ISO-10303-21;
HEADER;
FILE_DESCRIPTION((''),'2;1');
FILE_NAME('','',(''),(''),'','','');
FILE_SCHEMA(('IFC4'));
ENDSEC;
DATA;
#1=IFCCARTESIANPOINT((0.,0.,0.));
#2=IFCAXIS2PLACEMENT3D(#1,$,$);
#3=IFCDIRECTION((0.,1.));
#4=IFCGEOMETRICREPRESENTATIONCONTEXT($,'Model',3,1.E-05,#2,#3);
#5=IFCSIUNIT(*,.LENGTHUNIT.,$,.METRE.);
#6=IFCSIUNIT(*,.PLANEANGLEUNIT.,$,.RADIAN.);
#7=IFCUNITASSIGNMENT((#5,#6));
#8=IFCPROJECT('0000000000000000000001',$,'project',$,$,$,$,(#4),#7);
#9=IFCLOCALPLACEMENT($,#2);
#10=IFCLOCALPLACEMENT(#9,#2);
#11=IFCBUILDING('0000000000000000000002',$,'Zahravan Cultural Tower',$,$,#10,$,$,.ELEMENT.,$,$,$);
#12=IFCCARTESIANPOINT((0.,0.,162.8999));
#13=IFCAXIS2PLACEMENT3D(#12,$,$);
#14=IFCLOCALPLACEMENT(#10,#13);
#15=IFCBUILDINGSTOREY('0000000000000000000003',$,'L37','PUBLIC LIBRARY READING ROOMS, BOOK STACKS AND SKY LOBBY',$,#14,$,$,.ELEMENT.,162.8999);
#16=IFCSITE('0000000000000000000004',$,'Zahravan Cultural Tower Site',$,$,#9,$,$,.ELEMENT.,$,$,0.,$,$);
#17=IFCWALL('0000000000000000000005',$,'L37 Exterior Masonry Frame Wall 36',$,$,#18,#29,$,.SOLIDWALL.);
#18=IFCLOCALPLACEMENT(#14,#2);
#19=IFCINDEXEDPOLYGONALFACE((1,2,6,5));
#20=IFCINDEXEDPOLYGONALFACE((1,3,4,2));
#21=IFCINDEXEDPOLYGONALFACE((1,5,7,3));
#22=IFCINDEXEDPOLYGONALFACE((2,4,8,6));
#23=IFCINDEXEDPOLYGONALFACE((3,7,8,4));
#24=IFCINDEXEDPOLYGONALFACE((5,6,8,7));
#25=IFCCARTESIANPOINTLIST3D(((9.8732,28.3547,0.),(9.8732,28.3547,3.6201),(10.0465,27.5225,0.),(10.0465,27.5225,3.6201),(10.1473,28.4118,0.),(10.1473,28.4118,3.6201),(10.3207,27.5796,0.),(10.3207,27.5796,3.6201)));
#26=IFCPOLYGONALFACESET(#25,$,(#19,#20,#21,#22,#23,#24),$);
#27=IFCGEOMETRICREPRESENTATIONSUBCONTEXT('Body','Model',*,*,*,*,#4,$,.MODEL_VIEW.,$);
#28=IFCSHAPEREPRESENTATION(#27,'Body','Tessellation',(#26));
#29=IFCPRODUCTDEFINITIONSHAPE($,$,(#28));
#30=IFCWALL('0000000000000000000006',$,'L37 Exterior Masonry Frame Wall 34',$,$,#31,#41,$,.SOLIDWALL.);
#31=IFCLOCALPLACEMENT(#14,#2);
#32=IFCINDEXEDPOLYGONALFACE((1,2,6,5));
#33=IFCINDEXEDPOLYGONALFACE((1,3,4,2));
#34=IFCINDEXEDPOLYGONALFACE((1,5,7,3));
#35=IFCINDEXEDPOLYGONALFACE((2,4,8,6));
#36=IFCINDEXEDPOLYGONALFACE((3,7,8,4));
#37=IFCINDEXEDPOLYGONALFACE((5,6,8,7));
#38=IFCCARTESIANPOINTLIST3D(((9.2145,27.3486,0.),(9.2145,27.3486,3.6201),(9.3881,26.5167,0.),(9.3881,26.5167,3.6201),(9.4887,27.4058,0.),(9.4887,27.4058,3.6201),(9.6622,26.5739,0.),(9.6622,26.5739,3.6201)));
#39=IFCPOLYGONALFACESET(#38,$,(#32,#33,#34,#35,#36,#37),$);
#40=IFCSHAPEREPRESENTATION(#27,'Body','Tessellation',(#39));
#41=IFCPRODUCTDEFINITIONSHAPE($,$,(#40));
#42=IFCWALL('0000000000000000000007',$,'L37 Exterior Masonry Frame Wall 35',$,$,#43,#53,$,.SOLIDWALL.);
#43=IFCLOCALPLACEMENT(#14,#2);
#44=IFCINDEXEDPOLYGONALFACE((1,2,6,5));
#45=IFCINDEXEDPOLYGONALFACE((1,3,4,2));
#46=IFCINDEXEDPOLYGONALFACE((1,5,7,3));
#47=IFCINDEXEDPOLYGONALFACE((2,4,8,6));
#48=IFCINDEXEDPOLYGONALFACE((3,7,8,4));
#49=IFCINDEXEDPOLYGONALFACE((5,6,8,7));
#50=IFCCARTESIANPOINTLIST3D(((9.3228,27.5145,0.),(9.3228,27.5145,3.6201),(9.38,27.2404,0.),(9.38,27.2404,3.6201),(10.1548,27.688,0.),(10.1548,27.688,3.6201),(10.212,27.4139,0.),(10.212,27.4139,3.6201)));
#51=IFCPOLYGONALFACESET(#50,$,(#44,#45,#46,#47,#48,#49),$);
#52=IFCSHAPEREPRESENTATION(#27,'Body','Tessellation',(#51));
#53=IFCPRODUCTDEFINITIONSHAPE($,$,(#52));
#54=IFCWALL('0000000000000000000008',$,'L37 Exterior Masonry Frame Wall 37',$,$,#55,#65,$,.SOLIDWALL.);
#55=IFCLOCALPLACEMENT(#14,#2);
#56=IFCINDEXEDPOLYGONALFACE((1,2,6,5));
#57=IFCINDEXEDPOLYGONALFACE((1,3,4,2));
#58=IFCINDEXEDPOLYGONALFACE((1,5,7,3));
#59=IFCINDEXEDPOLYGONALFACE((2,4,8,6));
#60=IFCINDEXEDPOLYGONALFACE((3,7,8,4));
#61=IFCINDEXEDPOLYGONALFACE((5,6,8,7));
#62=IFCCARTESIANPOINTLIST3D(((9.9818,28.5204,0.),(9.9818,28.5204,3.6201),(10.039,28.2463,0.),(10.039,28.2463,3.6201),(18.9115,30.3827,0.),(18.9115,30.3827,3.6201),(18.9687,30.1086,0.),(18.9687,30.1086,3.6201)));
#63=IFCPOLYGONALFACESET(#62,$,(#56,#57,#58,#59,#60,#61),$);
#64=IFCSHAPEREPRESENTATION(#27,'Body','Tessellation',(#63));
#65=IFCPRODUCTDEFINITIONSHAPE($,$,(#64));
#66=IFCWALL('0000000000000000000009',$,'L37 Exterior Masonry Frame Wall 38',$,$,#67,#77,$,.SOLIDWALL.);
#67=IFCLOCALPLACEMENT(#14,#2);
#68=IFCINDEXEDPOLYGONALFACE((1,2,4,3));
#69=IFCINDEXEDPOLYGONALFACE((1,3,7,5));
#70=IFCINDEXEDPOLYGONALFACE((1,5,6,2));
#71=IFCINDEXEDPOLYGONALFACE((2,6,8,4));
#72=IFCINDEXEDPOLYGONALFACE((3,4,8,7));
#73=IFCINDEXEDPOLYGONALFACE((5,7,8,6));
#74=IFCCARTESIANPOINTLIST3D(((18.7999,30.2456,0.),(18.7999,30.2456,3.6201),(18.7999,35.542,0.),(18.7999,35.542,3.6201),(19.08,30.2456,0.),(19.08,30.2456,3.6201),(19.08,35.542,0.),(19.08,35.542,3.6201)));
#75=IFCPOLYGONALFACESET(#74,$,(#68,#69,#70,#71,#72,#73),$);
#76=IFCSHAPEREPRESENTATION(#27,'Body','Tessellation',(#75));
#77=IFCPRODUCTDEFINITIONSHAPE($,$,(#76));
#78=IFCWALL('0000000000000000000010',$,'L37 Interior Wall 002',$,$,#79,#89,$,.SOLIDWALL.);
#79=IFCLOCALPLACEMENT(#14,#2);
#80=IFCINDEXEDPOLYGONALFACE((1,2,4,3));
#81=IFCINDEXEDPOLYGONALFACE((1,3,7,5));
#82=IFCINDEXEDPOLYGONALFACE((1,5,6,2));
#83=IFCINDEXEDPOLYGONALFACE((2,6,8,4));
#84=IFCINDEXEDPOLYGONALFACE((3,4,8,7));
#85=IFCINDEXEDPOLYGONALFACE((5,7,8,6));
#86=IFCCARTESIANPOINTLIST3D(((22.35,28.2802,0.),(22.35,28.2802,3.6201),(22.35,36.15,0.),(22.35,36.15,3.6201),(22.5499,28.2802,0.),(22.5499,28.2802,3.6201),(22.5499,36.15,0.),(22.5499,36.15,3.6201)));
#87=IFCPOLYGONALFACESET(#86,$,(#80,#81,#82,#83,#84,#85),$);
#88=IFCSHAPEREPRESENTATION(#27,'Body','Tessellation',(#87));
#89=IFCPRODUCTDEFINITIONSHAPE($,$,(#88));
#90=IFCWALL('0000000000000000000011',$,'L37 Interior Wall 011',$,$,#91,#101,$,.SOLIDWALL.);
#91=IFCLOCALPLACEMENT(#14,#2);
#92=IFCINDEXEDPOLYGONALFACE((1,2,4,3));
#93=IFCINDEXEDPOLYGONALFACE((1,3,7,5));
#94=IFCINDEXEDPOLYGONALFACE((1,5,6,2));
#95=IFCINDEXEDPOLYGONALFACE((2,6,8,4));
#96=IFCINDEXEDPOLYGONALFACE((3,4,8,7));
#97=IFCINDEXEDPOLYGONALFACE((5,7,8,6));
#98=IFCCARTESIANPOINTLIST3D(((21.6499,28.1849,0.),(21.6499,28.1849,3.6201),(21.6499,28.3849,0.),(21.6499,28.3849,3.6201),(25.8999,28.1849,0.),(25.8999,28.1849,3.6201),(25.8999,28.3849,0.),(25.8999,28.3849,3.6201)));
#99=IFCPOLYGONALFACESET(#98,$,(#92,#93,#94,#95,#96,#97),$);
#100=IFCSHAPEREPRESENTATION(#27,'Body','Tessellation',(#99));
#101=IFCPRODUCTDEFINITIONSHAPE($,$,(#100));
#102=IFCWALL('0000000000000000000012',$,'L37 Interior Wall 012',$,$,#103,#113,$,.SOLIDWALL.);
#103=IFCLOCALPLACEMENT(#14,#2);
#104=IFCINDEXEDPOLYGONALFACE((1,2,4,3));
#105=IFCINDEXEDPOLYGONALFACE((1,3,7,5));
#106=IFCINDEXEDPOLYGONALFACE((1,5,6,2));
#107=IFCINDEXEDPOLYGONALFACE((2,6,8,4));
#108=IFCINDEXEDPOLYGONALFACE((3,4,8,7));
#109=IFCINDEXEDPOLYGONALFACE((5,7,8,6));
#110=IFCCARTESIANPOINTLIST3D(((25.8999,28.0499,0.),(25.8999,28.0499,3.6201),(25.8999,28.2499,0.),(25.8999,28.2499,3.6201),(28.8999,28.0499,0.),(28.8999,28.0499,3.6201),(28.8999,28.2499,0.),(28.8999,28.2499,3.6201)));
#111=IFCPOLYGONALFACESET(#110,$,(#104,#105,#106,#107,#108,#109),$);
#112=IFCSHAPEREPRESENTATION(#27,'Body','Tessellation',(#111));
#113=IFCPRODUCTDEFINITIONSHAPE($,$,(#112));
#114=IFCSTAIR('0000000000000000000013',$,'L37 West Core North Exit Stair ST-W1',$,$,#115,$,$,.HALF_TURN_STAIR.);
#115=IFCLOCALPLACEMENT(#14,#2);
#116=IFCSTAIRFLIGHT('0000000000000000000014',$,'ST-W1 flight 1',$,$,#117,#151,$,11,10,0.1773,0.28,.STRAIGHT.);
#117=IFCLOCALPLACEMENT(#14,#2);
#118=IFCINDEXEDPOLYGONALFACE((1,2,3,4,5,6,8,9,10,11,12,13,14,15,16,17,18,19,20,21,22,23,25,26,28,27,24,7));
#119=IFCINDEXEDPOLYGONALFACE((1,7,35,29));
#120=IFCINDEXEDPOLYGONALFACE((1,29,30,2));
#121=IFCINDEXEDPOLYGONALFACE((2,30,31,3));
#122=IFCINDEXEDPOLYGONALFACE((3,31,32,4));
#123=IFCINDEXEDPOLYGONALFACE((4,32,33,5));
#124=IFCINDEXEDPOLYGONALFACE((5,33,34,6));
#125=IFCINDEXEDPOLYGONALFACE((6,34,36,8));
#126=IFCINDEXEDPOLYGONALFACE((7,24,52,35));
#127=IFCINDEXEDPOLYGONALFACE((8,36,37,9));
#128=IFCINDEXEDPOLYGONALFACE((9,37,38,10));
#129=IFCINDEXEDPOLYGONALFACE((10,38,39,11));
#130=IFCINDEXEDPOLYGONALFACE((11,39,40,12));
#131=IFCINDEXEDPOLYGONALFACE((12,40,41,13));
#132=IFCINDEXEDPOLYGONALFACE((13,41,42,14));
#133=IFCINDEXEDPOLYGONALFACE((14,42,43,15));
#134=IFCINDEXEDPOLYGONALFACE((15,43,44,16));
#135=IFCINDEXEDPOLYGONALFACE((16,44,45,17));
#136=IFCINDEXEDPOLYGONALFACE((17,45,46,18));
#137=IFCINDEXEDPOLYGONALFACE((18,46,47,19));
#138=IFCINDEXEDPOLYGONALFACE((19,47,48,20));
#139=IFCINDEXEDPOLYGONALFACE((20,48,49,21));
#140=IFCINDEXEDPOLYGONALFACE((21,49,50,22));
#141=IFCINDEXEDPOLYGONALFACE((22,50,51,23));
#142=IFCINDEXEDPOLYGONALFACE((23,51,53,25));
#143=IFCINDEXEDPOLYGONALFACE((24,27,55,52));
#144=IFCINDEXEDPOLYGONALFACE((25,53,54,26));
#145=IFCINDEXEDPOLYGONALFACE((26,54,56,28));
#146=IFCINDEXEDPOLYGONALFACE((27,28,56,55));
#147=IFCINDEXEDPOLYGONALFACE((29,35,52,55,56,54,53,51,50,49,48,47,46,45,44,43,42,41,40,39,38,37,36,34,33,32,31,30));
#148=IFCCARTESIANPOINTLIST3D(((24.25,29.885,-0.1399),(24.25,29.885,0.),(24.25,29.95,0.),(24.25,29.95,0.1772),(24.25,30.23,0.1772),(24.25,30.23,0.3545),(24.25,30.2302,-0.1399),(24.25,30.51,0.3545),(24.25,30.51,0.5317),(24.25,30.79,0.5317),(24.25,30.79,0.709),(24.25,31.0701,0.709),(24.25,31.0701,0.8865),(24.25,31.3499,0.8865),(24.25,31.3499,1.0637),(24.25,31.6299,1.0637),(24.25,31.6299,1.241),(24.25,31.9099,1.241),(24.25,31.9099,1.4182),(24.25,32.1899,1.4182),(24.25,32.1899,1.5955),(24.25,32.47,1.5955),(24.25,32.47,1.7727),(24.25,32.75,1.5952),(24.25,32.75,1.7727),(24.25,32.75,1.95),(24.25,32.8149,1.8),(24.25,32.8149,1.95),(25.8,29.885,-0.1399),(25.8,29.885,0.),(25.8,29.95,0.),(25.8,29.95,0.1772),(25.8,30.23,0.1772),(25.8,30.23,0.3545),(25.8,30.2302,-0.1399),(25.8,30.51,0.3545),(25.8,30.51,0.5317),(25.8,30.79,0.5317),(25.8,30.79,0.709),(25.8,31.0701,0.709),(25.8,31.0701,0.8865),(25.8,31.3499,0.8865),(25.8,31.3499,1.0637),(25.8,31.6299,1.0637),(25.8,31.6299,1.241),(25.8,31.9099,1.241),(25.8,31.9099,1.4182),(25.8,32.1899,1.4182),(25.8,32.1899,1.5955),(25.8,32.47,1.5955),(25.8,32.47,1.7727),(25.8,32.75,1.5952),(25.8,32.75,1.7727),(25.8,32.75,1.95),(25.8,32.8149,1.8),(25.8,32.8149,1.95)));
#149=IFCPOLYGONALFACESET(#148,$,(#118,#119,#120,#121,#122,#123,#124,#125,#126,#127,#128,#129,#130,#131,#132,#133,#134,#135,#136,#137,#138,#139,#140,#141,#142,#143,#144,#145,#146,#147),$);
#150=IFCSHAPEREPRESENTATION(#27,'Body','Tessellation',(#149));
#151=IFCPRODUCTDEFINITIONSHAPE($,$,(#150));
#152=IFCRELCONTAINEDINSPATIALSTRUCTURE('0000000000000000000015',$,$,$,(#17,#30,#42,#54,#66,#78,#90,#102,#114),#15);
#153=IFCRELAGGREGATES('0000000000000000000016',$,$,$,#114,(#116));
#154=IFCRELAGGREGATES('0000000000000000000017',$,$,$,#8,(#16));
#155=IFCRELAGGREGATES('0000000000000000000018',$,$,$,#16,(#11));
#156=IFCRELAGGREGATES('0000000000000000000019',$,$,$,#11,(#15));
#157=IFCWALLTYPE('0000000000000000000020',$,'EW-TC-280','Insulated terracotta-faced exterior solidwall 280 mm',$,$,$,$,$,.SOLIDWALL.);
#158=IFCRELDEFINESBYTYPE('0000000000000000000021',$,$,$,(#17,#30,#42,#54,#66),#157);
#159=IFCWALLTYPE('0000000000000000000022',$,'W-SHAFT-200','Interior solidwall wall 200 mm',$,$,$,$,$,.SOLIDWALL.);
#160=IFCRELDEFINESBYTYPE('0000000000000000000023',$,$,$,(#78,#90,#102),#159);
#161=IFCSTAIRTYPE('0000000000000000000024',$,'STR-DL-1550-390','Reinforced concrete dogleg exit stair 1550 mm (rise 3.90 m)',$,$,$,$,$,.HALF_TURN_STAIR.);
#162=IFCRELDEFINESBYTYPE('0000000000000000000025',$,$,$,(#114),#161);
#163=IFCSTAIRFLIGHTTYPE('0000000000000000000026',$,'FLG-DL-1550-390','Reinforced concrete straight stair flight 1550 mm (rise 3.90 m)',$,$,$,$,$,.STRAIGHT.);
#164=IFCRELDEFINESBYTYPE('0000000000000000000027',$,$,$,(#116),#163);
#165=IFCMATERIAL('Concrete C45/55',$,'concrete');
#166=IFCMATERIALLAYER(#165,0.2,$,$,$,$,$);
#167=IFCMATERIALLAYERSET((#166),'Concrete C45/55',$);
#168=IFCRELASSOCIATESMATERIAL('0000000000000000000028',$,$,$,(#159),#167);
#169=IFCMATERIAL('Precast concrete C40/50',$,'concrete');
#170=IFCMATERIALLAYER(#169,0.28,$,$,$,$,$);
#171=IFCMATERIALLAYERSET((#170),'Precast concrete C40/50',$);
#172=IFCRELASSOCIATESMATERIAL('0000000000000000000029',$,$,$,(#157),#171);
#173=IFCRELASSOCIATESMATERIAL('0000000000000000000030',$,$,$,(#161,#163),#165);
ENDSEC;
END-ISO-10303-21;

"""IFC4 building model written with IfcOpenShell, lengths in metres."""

from ifc_helpers import new_model, si_unit, direction, frame, frame_2d, origin, place, context, subcontext, project, spatial, polyline, rectangle, outline, extrude, source, transform, mapped, material, layer, layer_set, type_object, element, aggregate, save


model = new_model("IFC4")

# Units and contexts
model_context = context("Model", 3, precision=1e-05, world=origin(), true_north=direction((0.0, 1.0)))
body_context = subcontext(model_context, "Body", "Model", "MODEL_VIEW")
ifc_project = project(units=[si_unit("LENGTHUNIT", "METRE"), si_unit("PLANEANGLEUNIT", "RADIAN")], contexts=[model_context])

# Site, building, storey
site_placement = place(None, origin())
site = spatial("IfcSite", under=ifc_project, at=site_placement, Name="Zahravan Cultural Tower Site", CompositionType="ELEMENT", RefElevation=0.0)
building_placement = place(site_placement, origin())
building = spatial("IfcBuilding", under=site, at=building_placement, Name="Zahravan Cultural Tower", CompositionType="ELEMENT")
storey_placement = place(building_placement, frame((0.0, 0.0, 162.8999)))
storey = spatial("IfcBuildingStorey", under=building, at=storey_placement, Name="L37", Description="PUBLIC LIBRARY READING ROOMS, BOOK STACKS AND SKY LOBBY", CompositionType="ELEMENT", Elevation=162.8999)

# Shared definitions
ifc_material_1 = material(Name="Concrete C45/55", Category="concrete")
ifc_layer_1 = layer(ifc_material_1, 0.2)
ifc_layer_set_1 = layer_set([ifc_layer_1], Name="Concrete C45/55")
wall_type_1 = type_object("IfcWallType", Name="W-SHAFT-200", Description="Interior solidwall wall 200 mm", PredefinedType="SOLIDWALL", material=ifc_layer_set_1)

# Walls
ifc_material_2 = material(Name="Precast concrete C40/50", Category="concrete")
ifc_layer_2 = layer(ifc_material_2, 0.28)
ifc_layer_set_2 = layer_set([ifc_layer_2], Name="Precast concrete C40/50")
wall_type_2 = type_object("IfcWallType", Name="EW-TC-280", Description="Insulated terracotta-faced exterior solidwall 280 mm", PredefinedType="SOLIDWALL", material=ifc_layer_set_2)
shared_shape_1 = source(origin(), body_context, "Body", "SweptSolid", [
    extrude(rectangle(XDim=0.8501, YDim=0.28, at=frame_2d((0.425, 0.0))), origin(), (0.0, 0.0, 1.0), 3.6201),
])
wall_1_placement = place(storey_placement, frame((10.1836, 27.551, 0.0), z_axis=(0.0, 0.0, 1.0), x_axis=(-0.203897, 0.978992, 0.0)))
element("IfcWall", 1, at=wall_1_placement, inside=storey, type_object=wall_type_2, Name="L37 Exterior Masonry Frame Wall 36", PredefinedType="SOLIDWALL", context=body_context, shape_type="MappedRepresentation", body=[
    mapped(shared_shape_1, transform((0.0, 0.0, 0.0), x_axis=(1.0, 0.0, 0.0), y_axis=(0.0, 1.0, 0.0), z_axis=(0.0, 0.0, 1.0), scale=1.0)),
])
shared_shape_2 = source(origin(), body_context, "Body", "SweptSolid", [
    extrude(rectangle(XDim=0.8499, YDim=0.28, at=frame_2d((0.4248, 0.0))), origin(), (0.0, 0.0, 1.0), 3.6201),
])
for number, where, z_axis, x_axis, name in (
    (2, (9.5251, 26.5454, 0.0), (0.0, 0.0, 1.0), (-0.20423, 0.978923, 0.0), "L37 Exterior Masonry Frame Wall 34"),
    (3, (9.3516, 27.3774, 0.0), (0.0, 0.0, 1.0), (0.978923, 0.20423, 0.0), "L37 Exterior Masonry Frame Wall 35"),
):
    element("IfcWall", number, at=place(storey_placement, frame(where, z_axis=z_axis, x_axis=x_axis)), inside=storey, type_object=wall_type_2, Name=name, PredefinedType="SOLIDWALL", context=body_context, shape_type="MappedRepresentation", body=[
        mapped(shared_shape_2, transform((0.0, 0.0, 0.0), x_axis=(1.0, 0.0, 0.0), y_axis=(0.0, 1.0, 0.0), z_axis=(0.0, 0.0, 1.0), scale=1.0)),
    ])
shared_shape_3 = source(origin(), body_context, "Body", "SweptSolid", [
    extrude(rectangle(XDim=9.1218, YDim=0.28, at=frame_2d((4.561, 0.0))), origin(), (0.0, 0.0, 1.0), 3.6201),
])
wall_2_placement = place(storey_placement, frame((10.0103, 28.3833, 0.0), z_axis=(0.0, 0.0, 1.0), x_axis=(0.978938, 0.204159, 0.0)))
element("IfcWall", 4, at=wall_2_placement, inside=storey, type_object=wall_type_2, Name="L37 Exterior Masonry Frame Wall 37", PredefinedType="SOLIDWALL", context=body_context, shape_type="MappedRepresentation", body=[
    mapped(shared_shape_3, transform((0.0, 0.0, 0.0), x_axis=(1.0, 0.0, 0.0), y_axis=(0.0, 1.0, 0.0), z_axis=(0.0, 0.0, 1.0), scale=1.0)),
])
shared_shape_4 = source(origin(), body_context, "Body", "SweptSolid", [
    extrude(rectangle(XDim=5.2964, YDim=0.28, at=frame_2d((2.6482, 0.0))), origin(), (0.0, 0.0, 1.0), 3.6201),
])
wall_3_placement = place(storey_placement, frame((18.9399, 30.2456, 0.0), z_axis=(0.0, 0.0, 1.0), x_axis=(0.0, 1.0, 0.0)))
element("IfcWall", 5, at=wall_3_placement, inside=storey, type_object=wall_type_2, Name="L37 Exterior Masonry Frame Wall 38", PredefinedType="SOLIDWALL", context=body_context, shape_type="MappedRepresentation", body=[
    mapped(shared_shape_4, transform((0.0, 0.0, 0.0), x_axis=(1.0, 0.0, 0.0), y_axis=(0.0, 1.0, 0.0), z_axis=(0.0, 0.0, 1.0), scale=1.0)),
])
shared_shape_5 = source(origin(), body_context, "Body", "SweptSolid", [
    extrude(rectangle(XDim=7.8699, YDim=0.2, at=frame_2d((3.9351, 0.0))), origin(), (0.0, 0.0, 1.0), 3.6201),
])
wall_4_placement = place(storey_placement, frame((22.45, 28.28, 0.0), z_axis=(0.0, 0.0, 1.0), x_axis=(0.0, 1.0, 0.0)))
element("IfcWall", 6, at=wall_4_placement, inside=storey, type_object=wall_type_1, Name="L37 Interior Wall 002", PredefinedType="SOLIDWALL", context=body_context, shape_type="MappedRepresentation", body=[
    mapped(shared_shape_5, transform((0.0, 0.0, 0.0), x_axis=(1.0, 0.0, 0.0), y_axis=(0.0, 1.0, 0.0), z_axis=(0.0, 0.0, 1.0), scale=1.0)),
])
shared_shape_6 = source(origin(), body_context, "Body", "SweptSolid", [
    extrude(rectangle(XDim=4.25, YDim=0.2, at=frame_2d((2.125, 0.0))), origin(), (0.0, 0.0, 1.0), 3.6201),
])
wall_5_placement = place(storey_placement, frame((21.6499, 28.2849, 0.0), z_axis=(0.0, 0.0, 1.0), x_axis=(1.0, 0.0, 0.0)))
element("IfcWall", 7, at=wall_5_placement, inside=storey, type_object=wall_type_1, Name="L37 Interior Wall 011", PredefinedType="SOLIDWALL", context=body_context, shape_type="MappedRepresentation", body=[
    mapped(shared_shape_6, transform((0.0, 0.0, 0.0), x_axis=(1.0, 0.0, 0.0), y_axis=(0.0, 1.0, 0.0), z_axis=(0.0, 0.0, 1.0), scale=1.0)),
])
shared_shape_7 = source(origin(), body_context, "Body", "SweptSolid", [
    extrude(rectangle(XDim=3.0, YDim=0.2, at=frame_2d((1.5, 0.0))), origin(), (0.0, 0.0, 1.0), 3.6201),
])
wall_6_placement = place(storey_placement, frame((25.8999, 28.1499, 0.0), z_axis=(0.0, 0.0, 1.0), x_axis=(1.0, 0.0, 0.0)))
element("IfcWall", 8, at=wall_6_placement, inside=storey, type_object=wall_type_1, Name="L37 Interior Wall 012", PredefinedType="SOLIDWALL", context=body_context, shape_type="MappedRepresentation", body=[
    mapped(shared_shape_7, transform((0.0, 0.0, 0.0), x_axis=(1.0, 0.0, 0.0), y_axis=(0.0, 1.0, 0.0), z_axis=(0.0, 0.0, 1.0), scale=1.0)),
])

# Stair, stair flight
stair_type = type_object("IfcStairType", Name="STR-DL-1550-390", Description="Reinforced concrete dogleg exit stair 1550 mm (rise 3.90 m)", PredefinedType="HALF_TURN_STAIR", material=ifc_material_1)
stair_placement = place(storey_placement, origin())
stair = element("IfcStair", 9, at=stair_placement, inside=storey, type_object=stair_type, Name="L37 West Core North Exit Stair ST-W1", PredefinedType="HALF_TURN_STAIR")
stair_flight_type = type_object("IfcStairFlightType", Name="FLG-DL-1550-390", Description="Reinforced concrete straight stair flight 1550 mm (rise 3.90 m)", PredefinedType="STRAIGHT", material=ifc_material_1)
stair_flight_1_placement = place(storey_placement, frame((25.0249, 29.95, 0.0), z_axis=(0.0, 0.0, 1.0), x_axis=(0.0, 1.0, 0.0)))
stair_flight_1 = element("IfcStairFlight", 10, at=stair_flight_1_placement, type_object=stair_flight_type, Name="ST-W1 flight 1", NumberOfRisers=11, NumberOfTreads=10, PredefinedType="STRAIGHT", RiserHeight=0.1773, TreadLength=0.28, context=body_context, shape_type="SweptSolid", body=[
    extrude(outline(polyline([(-0.0649, -0.1399), (-0.0649, 0.0), (0.0, 0.0), (0.0, 0.1772), (0.28, 0.1772), (0.28, 0.3545), (0.5601, 0.3545), (0.5601, 0.5317), (0.8401, 0.5317), (0.8401, 0.709), (1.1201, 0.709), (1.1201, 0.8865), (1.3999, 0.8865), (1.3999, 1.0637), (1.6799, 1.0637), (1.6799, 1.241), (1.96, 1.241), (1.96, 1.4182), (2.24, 1.4182), (2.24, 1.5955), (2.52, 1.5955), (2.52, 1.7727), (2.8, 1.7727), (2.8, 1.95), (2.865, 1.95), (2.865, 1.8), (2.8, 1.5952), (0.2803, -0.1399), (-0.0649, -0.1399)])), frame((0.0, 0.7749, 0.0), z_axis=(0.0, -1.0, 0.0), x_axis=(1.0, 0.0, 0.0)), (0.0, 0.0, 1.0), 1.55),
])
aggregate(stair, [stair_flight_1])

save(model, "model.ifc")
